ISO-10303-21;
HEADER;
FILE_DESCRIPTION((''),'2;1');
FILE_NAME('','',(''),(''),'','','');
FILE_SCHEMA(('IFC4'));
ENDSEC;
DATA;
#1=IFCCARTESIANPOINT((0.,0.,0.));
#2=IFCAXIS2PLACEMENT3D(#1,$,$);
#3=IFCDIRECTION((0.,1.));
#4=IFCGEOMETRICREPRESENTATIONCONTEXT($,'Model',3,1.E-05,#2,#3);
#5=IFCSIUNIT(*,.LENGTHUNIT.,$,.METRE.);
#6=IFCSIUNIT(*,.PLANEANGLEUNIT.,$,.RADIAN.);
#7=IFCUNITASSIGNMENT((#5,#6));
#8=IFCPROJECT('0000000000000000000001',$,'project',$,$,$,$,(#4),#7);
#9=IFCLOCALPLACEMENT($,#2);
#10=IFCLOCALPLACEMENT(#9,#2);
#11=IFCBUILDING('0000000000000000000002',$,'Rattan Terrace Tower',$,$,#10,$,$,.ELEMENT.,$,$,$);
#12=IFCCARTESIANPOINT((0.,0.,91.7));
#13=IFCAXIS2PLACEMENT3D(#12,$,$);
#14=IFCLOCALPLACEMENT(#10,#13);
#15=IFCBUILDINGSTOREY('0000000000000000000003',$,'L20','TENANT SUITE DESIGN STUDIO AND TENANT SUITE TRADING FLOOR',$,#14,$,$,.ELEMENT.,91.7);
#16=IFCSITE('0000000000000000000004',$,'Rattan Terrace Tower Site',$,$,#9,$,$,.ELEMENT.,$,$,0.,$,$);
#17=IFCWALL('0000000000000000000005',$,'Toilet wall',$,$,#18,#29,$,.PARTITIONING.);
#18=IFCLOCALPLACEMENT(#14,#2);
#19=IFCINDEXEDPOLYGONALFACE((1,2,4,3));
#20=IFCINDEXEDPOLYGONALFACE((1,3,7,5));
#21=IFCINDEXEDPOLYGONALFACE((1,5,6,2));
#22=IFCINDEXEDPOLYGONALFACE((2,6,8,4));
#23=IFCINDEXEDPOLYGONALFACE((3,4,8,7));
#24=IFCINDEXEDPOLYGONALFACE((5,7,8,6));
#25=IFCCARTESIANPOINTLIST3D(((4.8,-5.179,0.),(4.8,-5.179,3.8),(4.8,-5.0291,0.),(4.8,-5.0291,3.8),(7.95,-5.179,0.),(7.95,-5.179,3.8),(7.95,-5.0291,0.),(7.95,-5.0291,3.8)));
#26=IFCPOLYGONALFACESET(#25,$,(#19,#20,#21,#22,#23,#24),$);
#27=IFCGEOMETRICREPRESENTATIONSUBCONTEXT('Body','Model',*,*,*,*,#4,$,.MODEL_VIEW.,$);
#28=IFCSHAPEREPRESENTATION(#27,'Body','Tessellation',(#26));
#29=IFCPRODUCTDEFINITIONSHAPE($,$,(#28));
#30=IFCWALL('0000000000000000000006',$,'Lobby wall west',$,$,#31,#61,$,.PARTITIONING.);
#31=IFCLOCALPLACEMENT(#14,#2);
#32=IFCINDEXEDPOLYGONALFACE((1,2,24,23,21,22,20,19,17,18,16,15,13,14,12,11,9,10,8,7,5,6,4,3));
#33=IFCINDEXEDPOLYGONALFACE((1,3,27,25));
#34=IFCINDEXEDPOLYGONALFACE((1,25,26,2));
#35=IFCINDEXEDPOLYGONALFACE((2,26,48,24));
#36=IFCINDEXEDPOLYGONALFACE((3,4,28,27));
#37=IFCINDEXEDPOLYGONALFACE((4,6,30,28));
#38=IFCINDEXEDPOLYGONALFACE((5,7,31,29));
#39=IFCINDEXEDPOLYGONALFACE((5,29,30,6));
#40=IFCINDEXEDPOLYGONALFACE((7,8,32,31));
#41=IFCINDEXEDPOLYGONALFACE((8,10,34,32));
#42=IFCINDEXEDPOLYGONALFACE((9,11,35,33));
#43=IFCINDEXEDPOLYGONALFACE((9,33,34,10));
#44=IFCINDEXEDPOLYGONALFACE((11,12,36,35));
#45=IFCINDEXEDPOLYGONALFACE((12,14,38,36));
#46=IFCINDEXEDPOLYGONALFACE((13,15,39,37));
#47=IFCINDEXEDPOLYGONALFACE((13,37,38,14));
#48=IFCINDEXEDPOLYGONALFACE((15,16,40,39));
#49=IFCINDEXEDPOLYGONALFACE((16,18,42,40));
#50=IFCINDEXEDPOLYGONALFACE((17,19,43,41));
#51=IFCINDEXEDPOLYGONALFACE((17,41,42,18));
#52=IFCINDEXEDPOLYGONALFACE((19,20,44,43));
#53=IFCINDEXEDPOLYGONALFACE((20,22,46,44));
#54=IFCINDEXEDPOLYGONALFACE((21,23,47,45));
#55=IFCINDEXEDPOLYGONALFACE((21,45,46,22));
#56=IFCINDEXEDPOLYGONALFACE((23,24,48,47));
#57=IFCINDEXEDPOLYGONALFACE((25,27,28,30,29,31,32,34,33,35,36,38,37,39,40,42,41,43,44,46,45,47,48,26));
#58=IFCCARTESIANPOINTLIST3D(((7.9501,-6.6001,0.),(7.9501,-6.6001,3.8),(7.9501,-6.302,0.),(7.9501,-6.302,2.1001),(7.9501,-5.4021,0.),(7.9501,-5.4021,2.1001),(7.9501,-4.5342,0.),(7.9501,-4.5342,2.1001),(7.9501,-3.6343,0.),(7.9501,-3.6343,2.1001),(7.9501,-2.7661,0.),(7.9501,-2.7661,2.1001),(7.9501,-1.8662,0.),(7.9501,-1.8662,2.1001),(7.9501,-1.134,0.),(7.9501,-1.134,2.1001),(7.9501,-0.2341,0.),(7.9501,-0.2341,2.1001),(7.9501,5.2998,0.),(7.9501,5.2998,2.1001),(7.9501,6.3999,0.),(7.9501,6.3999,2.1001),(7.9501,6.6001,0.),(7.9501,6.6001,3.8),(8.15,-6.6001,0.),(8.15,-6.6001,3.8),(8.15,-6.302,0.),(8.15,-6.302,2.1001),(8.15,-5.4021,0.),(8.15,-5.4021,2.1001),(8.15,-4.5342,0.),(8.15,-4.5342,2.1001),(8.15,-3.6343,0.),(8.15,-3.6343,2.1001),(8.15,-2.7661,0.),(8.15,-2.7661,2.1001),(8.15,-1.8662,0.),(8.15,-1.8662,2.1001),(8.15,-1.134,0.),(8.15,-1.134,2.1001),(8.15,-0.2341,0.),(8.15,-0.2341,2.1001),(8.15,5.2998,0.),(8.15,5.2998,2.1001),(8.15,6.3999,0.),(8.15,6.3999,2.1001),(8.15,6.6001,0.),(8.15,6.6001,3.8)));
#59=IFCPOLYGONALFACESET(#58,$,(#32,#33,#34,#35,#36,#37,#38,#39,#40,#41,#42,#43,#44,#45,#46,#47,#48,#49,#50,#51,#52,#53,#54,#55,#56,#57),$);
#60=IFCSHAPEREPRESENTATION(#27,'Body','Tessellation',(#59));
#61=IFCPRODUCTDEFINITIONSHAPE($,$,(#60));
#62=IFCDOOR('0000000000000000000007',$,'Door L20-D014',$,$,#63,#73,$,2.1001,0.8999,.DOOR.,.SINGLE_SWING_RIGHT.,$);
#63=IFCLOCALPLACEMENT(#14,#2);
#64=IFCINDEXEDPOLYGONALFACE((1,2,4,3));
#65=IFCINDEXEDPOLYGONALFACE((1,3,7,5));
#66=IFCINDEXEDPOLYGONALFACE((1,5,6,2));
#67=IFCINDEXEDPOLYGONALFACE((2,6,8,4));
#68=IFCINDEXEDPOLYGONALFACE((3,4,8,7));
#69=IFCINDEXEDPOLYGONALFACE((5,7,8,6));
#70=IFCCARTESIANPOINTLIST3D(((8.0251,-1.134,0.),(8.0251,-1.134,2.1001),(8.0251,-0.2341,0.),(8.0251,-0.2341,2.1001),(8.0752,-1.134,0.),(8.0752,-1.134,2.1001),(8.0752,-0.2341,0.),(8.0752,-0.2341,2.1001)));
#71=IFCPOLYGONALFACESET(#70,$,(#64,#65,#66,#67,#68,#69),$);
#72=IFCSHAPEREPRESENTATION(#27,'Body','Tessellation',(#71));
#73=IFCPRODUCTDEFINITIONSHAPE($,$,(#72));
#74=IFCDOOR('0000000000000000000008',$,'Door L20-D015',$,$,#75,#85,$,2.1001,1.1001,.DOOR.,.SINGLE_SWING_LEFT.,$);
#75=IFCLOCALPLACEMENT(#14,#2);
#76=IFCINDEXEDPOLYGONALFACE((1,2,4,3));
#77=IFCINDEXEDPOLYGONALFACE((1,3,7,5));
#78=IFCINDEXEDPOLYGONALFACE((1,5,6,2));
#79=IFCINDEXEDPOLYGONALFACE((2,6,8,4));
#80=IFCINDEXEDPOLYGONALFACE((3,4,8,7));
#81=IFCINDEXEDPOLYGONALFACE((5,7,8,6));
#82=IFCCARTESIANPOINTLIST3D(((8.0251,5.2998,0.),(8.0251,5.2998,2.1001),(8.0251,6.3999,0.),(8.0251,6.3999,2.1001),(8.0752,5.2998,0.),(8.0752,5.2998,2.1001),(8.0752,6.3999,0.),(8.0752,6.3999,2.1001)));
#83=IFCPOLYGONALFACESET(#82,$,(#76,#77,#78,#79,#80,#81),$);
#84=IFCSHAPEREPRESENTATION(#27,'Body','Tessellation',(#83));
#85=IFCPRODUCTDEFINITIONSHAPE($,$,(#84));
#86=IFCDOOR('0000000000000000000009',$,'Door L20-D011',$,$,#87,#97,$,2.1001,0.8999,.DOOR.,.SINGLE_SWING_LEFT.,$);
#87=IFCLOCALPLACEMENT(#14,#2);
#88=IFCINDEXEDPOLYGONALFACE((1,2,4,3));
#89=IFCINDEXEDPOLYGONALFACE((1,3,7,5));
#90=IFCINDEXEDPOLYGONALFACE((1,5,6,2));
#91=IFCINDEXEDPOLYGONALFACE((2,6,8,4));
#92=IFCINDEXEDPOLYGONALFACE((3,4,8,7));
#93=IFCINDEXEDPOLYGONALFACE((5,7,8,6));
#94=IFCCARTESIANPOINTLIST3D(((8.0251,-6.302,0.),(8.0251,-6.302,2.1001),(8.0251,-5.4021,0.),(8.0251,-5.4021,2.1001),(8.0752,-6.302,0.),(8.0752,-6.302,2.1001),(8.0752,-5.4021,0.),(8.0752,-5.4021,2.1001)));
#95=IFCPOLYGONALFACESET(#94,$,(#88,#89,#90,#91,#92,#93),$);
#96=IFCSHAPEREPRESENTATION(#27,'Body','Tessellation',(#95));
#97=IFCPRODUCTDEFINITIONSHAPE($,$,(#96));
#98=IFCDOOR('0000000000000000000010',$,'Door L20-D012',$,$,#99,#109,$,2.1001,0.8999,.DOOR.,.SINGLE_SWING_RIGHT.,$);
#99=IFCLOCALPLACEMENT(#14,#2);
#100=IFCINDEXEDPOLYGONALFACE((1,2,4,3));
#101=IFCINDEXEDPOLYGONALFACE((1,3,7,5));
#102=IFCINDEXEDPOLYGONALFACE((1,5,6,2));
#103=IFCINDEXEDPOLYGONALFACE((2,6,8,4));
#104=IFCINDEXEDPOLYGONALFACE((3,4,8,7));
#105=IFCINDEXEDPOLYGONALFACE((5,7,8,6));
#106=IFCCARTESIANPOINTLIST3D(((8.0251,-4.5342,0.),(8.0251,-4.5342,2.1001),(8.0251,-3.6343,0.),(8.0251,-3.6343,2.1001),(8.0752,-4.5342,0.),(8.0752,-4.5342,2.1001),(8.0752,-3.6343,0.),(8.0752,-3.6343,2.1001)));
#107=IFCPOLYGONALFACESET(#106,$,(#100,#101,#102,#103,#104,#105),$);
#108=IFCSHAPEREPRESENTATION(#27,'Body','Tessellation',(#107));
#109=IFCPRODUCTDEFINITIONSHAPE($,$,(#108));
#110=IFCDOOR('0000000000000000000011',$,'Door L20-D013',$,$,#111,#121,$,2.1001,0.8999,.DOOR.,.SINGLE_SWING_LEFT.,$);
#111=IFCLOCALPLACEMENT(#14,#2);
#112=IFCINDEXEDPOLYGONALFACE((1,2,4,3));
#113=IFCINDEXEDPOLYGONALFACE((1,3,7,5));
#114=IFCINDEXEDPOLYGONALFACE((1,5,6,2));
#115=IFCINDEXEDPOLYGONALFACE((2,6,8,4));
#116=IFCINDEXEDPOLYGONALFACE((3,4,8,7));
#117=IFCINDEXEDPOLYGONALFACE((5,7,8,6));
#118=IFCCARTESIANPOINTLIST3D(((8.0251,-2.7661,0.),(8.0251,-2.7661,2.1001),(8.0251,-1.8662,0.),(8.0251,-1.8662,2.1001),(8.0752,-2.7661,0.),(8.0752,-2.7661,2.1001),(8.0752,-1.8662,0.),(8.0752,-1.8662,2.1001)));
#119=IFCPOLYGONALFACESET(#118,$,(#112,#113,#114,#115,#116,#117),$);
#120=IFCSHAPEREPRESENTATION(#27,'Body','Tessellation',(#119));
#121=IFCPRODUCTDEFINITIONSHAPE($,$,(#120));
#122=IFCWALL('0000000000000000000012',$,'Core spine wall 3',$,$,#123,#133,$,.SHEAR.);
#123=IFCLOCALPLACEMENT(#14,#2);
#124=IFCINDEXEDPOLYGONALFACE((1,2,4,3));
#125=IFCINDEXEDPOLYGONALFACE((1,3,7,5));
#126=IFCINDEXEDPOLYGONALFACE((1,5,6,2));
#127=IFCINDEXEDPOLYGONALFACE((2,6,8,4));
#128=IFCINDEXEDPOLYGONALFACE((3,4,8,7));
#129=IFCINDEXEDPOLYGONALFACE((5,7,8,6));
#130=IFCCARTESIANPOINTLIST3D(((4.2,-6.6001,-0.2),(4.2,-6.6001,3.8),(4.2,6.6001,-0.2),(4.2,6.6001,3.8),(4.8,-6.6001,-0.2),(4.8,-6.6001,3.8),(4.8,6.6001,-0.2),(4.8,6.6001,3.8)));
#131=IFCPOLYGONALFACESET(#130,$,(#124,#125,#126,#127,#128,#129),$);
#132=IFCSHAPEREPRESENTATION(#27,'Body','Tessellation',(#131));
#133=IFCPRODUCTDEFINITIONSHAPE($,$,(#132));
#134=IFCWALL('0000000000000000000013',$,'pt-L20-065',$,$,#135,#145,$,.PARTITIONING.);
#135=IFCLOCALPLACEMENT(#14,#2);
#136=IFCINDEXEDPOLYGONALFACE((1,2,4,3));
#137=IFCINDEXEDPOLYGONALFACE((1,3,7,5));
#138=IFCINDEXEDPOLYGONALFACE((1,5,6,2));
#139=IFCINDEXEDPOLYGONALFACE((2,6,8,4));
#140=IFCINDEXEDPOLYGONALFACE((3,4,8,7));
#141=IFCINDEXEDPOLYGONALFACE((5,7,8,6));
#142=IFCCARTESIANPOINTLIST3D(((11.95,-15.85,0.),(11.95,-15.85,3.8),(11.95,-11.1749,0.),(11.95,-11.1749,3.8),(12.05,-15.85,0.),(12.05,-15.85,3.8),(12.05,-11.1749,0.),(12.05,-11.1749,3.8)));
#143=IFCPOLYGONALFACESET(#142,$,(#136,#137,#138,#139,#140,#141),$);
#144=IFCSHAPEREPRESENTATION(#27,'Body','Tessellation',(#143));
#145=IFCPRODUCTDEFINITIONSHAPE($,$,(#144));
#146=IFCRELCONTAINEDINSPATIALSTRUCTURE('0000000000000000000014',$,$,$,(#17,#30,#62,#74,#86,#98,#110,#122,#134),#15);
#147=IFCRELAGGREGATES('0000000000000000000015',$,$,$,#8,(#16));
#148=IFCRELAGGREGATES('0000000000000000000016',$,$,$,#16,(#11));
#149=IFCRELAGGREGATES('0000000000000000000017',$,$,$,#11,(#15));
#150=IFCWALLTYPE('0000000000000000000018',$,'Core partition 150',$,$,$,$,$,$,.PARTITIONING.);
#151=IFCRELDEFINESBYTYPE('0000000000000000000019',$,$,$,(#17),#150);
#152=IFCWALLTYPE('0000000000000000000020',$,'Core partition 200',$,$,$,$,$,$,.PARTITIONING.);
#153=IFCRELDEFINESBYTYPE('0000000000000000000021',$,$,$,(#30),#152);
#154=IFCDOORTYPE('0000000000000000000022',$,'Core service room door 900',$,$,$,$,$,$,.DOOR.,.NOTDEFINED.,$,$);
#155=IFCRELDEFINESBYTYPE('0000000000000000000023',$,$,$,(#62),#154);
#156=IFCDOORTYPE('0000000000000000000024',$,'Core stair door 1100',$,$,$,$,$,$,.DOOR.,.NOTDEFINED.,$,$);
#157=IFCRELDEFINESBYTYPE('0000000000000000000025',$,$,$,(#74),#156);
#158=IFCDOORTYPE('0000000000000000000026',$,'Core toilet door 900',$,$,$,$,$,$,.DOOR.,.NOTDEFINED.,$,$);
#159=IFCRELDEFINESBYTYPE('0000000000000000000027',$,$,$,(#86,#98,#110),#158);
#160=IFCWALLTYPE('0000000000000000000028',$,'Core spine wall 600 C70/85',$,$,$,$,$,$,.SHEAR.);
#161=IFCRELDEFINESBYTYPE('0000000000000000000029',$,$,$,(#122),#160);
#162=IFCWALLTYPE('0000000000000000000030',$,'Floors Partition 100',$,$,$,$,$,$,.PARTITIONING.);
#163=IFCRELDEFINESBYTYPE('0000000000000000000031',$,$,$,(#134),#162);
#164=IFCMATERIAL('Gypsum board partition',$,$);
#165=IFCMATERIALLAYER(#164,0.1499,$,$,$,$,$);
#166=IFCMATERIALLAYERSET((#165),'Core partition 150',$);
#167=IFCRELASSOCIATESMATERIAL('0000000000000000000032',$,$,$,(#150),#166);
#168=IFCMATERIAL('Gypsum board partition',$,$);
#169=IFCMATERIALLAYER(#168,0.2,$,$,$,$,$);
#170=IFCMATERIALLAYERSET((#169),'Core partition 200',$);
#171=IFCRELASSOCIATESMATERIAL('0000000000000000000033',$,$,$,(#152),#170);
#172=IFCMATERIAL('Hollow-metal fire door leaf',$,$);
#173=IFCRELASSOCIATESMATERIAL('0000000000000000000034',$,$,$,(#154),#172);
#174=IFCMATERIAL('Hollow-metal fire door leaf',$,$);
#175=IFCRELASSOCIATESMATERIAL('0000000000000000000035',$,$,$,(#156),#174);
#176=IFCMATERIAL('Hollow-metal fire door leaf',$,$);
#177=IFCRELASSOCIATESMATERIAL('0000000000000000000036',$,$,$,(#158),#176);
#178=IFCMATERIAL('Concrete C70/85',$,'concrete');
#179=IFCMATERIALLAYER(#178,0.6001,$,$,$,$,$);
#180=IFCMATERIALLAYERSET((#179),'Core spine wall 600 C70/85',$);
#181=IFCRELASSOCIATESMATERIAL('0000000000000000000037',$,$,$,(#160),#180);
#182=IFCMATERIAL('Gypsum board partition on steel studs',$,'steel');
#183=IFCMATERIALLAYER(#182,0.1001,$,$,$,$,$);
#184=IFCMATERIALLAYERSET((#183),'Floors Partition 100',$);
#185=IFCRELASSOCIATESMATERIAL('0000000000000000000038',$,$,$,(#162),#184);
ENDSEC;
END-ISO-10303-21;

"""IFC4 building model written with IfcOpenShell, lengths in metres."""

from ifc_helpers import new_model, si_unit, direction, frame, frame_2d, origin, place, context, subcontext, project, spatial, rectangle, extrude, material, layer, layer_set, type_object, element, fill, save


model = new_model("IFC4")

# Units and contexts
model_context = context("Model", 3, precision=1e-05, world=origin(), true_north=direction((0.0, 1.0)))
body_context = subcontext(model_context, "Body", "Model", "MODEL_VIEW")
ifc_project = project(units=[si_unit("LENGTHUNIT", "METRE"), si_unit("PLANEANGLEUNIT", "RADIAN")], contexts=[model_context])

# Site, building, storey
site_placement = place(None, origin())
site = spatial("IfcSite", under=ifc_project, at=site_placement, Name="Rattan Terrace Tower Site", CompositionType="ELEMENT", RefElevation=0.0)
building_placement = place(site_placement, origin())
building = spatial("IfcBuilding", under=site, at=building_placement, Name="Rattan Terrace Tower", CompositionType="ELEMENT")
storey_placement = place(building_placement, frame((0.0, 0.0, 91.7)))
storey = spatial("IfcBuildingStorey", under=building, at=storey_placement, Name="L20", Description="TENANT SUITE DESIGN STUDIO AND TENANT SUITE TRADING FLOOR", CompositionType="ELEMENT", Elevation=91.7)

# Wall
ifc_material_1 = material(Name="Gypsum board partition")
ifc_layer_1 = layer(ifc_material_1, 0.1499)
ifc_layer_set_1 = layer_set([ifc_layer_1], Name="Core partition 150")
wall_type_1 = type_object("IfcWallType", Name="Core partition 150", PredefinedType="PARTITIONING", material=ifc_layer_set_1)
wall_1_placement = place(storey_placement, frame((4.8, -5.104, 0.0), z_axis=(0.0, 0.0, 1.0), x_axis=(1.0, 0.0, 0.0)))
element("IfcWall", 1, at=wall_1_placement, inside=storey, type_object=wall_type_1, Name="Toilet wall", PredefinedType="PARTITIONING", context=body_context, shape_type="SweptSolid", body=[
    extrude(rectangle(XDim=3.1499, YDim=0.1499, at=frame_2d((1.575, 0.0))), origin(), (0.0, 0.0, 1.0), 3.8),
])

# Wall, openings, doors
ifc_material_2 = material(Name="Gypsum board partition")
ifc_layer_2 = layer(ifc_material_2, 0.2)
ifc_layer_set_2 = layer_set([ifc_layer_2], Name="Core partition 200")
wall_type_2 = type_object("IfcWallType", Name="Core partition 200", PredefinedType="PARTITIONING", material=ifc_layer_set_2)
wall_2_placement = place(storey_placement, frame((8.05, -6.6001, 0.0), z_axis=(0.0, 0.0, 1.0), x_axis=(0.0, 1.0, 0.0)))
wall_2 = element("IfcWall", 2, at=wall_2_placement, inside=storey, type_object=wall_type_2, Name="Lobby wall west", PredefinedType="PARTITIONING", context=body_context, shape_type="SweptSolid", body=[
    extrude(rectangle(XDim=13.2002, YDim=0.2, at=frame_2d((6.6001, 0.0))), origin(), (0.0, 0.0, 1.0), 3.8),
])
opening_1_placement = place(wall_2_placement, frame((0.2981, 0.0, 0.0)))
opening_1 = element("IfcOpeningElement", 3, at=opening_1_placement, cuts=wall_2, PredefinedType="OPENING", context=body_context, shape_type="SweptSolid", body=[
    extrude(rectangle(XDim=0.8999, YDim=2.1001, at=frame_2d((0.45, 1.05))), frame((0.0, 0.1106, 0.0), z_axis=(0.0, -1.0, 0.0), x_axis=(1.0, 0.0, 0.0)), (0.0, 0.0, 1.0), 0.2209),
])
opening_2_placement = place(wall_2_placement, frame((2.0659, 0.0, 0.0)))
opening_2 = element("IfcOpeningElement", 4, at=opening_2_placement, cuts=wall_2, PredefinedType="OPENING", context=body_context, shape_type="SweptSolid", body=[
    extrude(rectangle(XDim=0.8999, YDim=2.1001, at=frame_2d((0.45, 1.05))), frame((0.0, 0.1106, 0.0), z_axis=(0.0, -1.0, 0.0), x_axis=(1.0, 0.0, 0.0)), (0.0, 0.0, 1.0), 0.2209),
])
opening_3_placement = place(wall_2_placement, frame((3.834, 0.0, 0.0)))
opening_3 = element("IfcOpeningElement", 5, at=opening_3_placement, cuts=wall_2, PredefinedType="OPENING", context=body_context, shape_type="SweptSolid", body=[
    extrude(rectangle(XDim=0.8999, YDim=2.1001, at=frame_2d((0.45, 1.05))), frame((0.0, 0.1106, 0.0), z_axis=(0.0, -1.0, 0.0), x_axis=(1.0, 0.0, 0.0)), (0.0, 0.0, 1.0), 0.2209),
])
opening_4_placement = place(wall_2_placement, frame((5.4661, 0.0, 0.0)))
opening_4 = element("IfcOpeningElement", 6, at=opening_4_placement, cuts=wall_2, PredefinedType="OPENING", context=body_context, shape_type="SweptSolid", body=[
    extrude(rectangle(XDim=0.8999, YDim=2.1001, at=frame_2d((0.45, 1.05))), frame((0.0, 0.1106, 0.0), z_axis=(0.0, -1.0, 0.0), x_axis=(1.0, 0.0, 0.0)), (0.0, 0.0, 1.0), 0.2209),
])
opening_5_placement = place(wall_2_placement, frame((11.8999, 0.0, 0.0)))
opening_5 = element("IfcOpeningElement", 7, at=opening_5_placement, cuts=wall_2, PredefinedType="OPENING", context=body_context, shape_type="SweptSolid", body=[
    extrude(rectangle(XDim=1.1001, YDim=2.1001, at=frame_2d((0.55, 1.05))), frame((0.0, 0.1106, 0.0), z_axis=(0.0, -1.0, 0.0), x_axis=(1.0, 0.0, 0.0)), (0.0, 0.0, 1.0), 0.2209),
])
ifc_material_3 = material(Name="Hollow-metal fire door leaf")
door_type_1 = type_object("IfcDoorType", Name="Core service room door 900", OperationType="NOTDEFINED", PredefinedType="DOOR", material=ifc_material_3)
door_1_placement = place(opening_4_placement, origin())
door_1 = element("IfcDoor", 8, at=door_1_placement, inside=storey, type_object=door_type_1, Name="Door L20-D014", OperationType="SINGLE_SWING_RIGHT", OverallHeight=2.1001, OverallWidth=0.8999, PredefinedType="DOOR", context=body_context, shape_type="SweptSolid", body=[
    extrude(rectangle(XDim=0.8999, YDim=2.1001, at=frame_2d((0.45, 1.05))), frame((0.0, 0.0249, 0.0), z_axis=(0.0, -1.0, 0.0), x_axis=(1.0, 0.0, 0.0)), (0.0, 0.0, 1.0), 0.05),
])
fill(opening_4, door_1)
ifc_material_4 = material(Name="Hollow-metal fire door leaf")
door_type_2 = type_object("IfcDoorType", Name="Core stair door 1100", OperationType="NOTDEFINED", PredefinedType="DOOR", material=ifc_material_4)
door_2_placement = place(opening_5_placement, origin())
door_2 = element("IfcDoor", 9, at=door_2_placement, inside=storey, type_object=door_type_2, Name="Door L20-D015", OperationType="SINGLE_SWING_LEFT", OverallHeight=2.1001, OverallWidth=1.1001, PredefinedType="DOOR", context=body_context, shape_type="SweptSolid", body=[
    extrude(rectangle(XDim=1.1001, YDim=2.1001, at=frame_2d((0.55, 1.05))), frame((0.0, 0.0249, 0.0), z_axis=(0.0, -1.0, 0.0), x_axis=(1.0, 0.0, 0.0)), (0.0, 0.0, 1.0), 0.05),
])
fill(opening_5, door_2)
ifc_material_5 = material(Name="Hollow-metal fire door leaf")
door_type_3 = type_object("IfcDoorType", Name="Core toilet door 900", OperationType="NOTDEFINED", PredefinedType="DOOR", material=ifc_material_5)
door_3_placement = place(opening_1_placement, origin())
door_3 = element("IfcDoor", 10, at=door_3_placement, inside=storey, type_object=door_type_3, Name="Door L20-D011", OperationType="SINGLE_SWING_LEFT", OverallHeight=2.1001, OverallWidth=0.8999, PredefinedType="DOOR", context=body_context, shape_type="SweptSolid", body=[
    extrude(rectangle(XDim=0.8999, YDim=2.1001, at=frame_2d((0.45, 1.05))), frame((0.0, 0.0249, 0.0), z_axis=(0.0, -1.0, 0.0), x_axis=(1.0, 0.0, 0.0)), (0.0, 0.0, 1.0), 0.05),
])
fill(opening_1, door_3)
door_4_placement = place(opening_2_placement, origin())
door_4 = element("IfcDoor", 11, at=door_4_placement, inside=storey, type_object=door_type_3, Name="Door L20-D012", OperationType="SINGLE_SWING_RIGHT", OverallHeight=2.1001, OverallWidth=0.8999, PredefinedType="DOOR", context=body_context, shape_type="SweptSolid", body=[
    extrude(rectangle(XDim=0.8999, YDim=2.1001, at=frame_2d((0.45, 1.05))), frame((0.0, 0.0249, 0.0), z_axis=(0.0, -1.0, 0.0), x_axis=(1.0, 0.0, 0.0)), (0.0, 0.0, 1.0), 0.05),
])
fill(opening_2, door_4)
door_5_placement = place(opening_3_placement, origin())
door_5 = element("IfcDoor", 12, at=door_5_placement, inside=storey, type_object=door_type_3, Name="Door L20-D013", OperationType="SINGLE_SWING_LEFT", OverallHeight=2.1001, OverallWidth=0.8999, PredefinedType="DOOR", context=body_context, shape_type="SweptSolid", body=[
    extrude(rectangle(XDim=0.8999, YDim=2.1001, at=frame_2d((0.45, 1.05))), frame((0.0, 0.0249, 0.0), z_axis=(0.0, -1.0, 0.0), x_axis=(1.0, 0.0, 0.0)), (0.0, 0.0, 1.0), 0.05),
])
fill(opening_3, door_5)

# Walls
ifc_material_6 = material(Name="Concrete C70/85", Category="concrete")
ifc_layer_3 = layer(ifc_material_6, 0.6001)
ifc_layer_set_3 = layer_set([ifc_layer_3], Name="Core spine wall 600 C70/85")
wall_type_3 = type_object("IfcWallType", Name="Core spine wall 600 C70/85", PredefinedType="SHEAR", material=ifc_layer_set_3)
wall_3_placement = place(storey_placement, frame((4.5, -6.6001, -0.2), z_axis=(0.0, 0.0, 1.0), x_axis=(0.0, 1.0, 0.0)))
element("IfcWall", 13, at=wall_3_placement, inside=storey, type_object=wall_type_3, Name="Core spine wall 3", PredefinedType="SHEAR", context=body_context, shape_type="SweptSolid", body=[
    extrude(rectangle(XDim=13.2002, YDim=0.6001, at=frame_2d((6.6001, 0.0))), origin(), (0.0, 0.0, 1.0), 4.0),
])
ifc_material_7 = material(Name="Gypsum board partition on steel studs", Category="steel")
ifc_layer_4 = layer(ifc_material_7, 0.1001)
ifc_layer_set_4 = layer_set([ifc_layer_4], Name="Floors Partition 100")
wall_type_4 = type_object("IfcWallType", Name="Floors Partition 100", PredefinedType="PARTITIONING", material=ifc_layer_set_4)
wall_4_placement = place(storey_placement, frame((12.0, -11.175, 0.0), z_axis=(0.0, 0.0, 1.0), x_axis=(0.0, -1.0, 0.0)))
element("IfcWall", 14, at=wall_4_placement, inside=storey, type_object=wall_type_4, Name="pt-L20-065", PredefinedType="PARTITIONING", context=body_context, shape_type="SweptSolid", body=[
    extrude(rectangle(XDim=4.675, YDim=0.1001, at=frame_2d((2.3374, 0.0))), origin(), (0.0, 0.0, 1.0), 3.8),
])

save(model, "model.ifc")
